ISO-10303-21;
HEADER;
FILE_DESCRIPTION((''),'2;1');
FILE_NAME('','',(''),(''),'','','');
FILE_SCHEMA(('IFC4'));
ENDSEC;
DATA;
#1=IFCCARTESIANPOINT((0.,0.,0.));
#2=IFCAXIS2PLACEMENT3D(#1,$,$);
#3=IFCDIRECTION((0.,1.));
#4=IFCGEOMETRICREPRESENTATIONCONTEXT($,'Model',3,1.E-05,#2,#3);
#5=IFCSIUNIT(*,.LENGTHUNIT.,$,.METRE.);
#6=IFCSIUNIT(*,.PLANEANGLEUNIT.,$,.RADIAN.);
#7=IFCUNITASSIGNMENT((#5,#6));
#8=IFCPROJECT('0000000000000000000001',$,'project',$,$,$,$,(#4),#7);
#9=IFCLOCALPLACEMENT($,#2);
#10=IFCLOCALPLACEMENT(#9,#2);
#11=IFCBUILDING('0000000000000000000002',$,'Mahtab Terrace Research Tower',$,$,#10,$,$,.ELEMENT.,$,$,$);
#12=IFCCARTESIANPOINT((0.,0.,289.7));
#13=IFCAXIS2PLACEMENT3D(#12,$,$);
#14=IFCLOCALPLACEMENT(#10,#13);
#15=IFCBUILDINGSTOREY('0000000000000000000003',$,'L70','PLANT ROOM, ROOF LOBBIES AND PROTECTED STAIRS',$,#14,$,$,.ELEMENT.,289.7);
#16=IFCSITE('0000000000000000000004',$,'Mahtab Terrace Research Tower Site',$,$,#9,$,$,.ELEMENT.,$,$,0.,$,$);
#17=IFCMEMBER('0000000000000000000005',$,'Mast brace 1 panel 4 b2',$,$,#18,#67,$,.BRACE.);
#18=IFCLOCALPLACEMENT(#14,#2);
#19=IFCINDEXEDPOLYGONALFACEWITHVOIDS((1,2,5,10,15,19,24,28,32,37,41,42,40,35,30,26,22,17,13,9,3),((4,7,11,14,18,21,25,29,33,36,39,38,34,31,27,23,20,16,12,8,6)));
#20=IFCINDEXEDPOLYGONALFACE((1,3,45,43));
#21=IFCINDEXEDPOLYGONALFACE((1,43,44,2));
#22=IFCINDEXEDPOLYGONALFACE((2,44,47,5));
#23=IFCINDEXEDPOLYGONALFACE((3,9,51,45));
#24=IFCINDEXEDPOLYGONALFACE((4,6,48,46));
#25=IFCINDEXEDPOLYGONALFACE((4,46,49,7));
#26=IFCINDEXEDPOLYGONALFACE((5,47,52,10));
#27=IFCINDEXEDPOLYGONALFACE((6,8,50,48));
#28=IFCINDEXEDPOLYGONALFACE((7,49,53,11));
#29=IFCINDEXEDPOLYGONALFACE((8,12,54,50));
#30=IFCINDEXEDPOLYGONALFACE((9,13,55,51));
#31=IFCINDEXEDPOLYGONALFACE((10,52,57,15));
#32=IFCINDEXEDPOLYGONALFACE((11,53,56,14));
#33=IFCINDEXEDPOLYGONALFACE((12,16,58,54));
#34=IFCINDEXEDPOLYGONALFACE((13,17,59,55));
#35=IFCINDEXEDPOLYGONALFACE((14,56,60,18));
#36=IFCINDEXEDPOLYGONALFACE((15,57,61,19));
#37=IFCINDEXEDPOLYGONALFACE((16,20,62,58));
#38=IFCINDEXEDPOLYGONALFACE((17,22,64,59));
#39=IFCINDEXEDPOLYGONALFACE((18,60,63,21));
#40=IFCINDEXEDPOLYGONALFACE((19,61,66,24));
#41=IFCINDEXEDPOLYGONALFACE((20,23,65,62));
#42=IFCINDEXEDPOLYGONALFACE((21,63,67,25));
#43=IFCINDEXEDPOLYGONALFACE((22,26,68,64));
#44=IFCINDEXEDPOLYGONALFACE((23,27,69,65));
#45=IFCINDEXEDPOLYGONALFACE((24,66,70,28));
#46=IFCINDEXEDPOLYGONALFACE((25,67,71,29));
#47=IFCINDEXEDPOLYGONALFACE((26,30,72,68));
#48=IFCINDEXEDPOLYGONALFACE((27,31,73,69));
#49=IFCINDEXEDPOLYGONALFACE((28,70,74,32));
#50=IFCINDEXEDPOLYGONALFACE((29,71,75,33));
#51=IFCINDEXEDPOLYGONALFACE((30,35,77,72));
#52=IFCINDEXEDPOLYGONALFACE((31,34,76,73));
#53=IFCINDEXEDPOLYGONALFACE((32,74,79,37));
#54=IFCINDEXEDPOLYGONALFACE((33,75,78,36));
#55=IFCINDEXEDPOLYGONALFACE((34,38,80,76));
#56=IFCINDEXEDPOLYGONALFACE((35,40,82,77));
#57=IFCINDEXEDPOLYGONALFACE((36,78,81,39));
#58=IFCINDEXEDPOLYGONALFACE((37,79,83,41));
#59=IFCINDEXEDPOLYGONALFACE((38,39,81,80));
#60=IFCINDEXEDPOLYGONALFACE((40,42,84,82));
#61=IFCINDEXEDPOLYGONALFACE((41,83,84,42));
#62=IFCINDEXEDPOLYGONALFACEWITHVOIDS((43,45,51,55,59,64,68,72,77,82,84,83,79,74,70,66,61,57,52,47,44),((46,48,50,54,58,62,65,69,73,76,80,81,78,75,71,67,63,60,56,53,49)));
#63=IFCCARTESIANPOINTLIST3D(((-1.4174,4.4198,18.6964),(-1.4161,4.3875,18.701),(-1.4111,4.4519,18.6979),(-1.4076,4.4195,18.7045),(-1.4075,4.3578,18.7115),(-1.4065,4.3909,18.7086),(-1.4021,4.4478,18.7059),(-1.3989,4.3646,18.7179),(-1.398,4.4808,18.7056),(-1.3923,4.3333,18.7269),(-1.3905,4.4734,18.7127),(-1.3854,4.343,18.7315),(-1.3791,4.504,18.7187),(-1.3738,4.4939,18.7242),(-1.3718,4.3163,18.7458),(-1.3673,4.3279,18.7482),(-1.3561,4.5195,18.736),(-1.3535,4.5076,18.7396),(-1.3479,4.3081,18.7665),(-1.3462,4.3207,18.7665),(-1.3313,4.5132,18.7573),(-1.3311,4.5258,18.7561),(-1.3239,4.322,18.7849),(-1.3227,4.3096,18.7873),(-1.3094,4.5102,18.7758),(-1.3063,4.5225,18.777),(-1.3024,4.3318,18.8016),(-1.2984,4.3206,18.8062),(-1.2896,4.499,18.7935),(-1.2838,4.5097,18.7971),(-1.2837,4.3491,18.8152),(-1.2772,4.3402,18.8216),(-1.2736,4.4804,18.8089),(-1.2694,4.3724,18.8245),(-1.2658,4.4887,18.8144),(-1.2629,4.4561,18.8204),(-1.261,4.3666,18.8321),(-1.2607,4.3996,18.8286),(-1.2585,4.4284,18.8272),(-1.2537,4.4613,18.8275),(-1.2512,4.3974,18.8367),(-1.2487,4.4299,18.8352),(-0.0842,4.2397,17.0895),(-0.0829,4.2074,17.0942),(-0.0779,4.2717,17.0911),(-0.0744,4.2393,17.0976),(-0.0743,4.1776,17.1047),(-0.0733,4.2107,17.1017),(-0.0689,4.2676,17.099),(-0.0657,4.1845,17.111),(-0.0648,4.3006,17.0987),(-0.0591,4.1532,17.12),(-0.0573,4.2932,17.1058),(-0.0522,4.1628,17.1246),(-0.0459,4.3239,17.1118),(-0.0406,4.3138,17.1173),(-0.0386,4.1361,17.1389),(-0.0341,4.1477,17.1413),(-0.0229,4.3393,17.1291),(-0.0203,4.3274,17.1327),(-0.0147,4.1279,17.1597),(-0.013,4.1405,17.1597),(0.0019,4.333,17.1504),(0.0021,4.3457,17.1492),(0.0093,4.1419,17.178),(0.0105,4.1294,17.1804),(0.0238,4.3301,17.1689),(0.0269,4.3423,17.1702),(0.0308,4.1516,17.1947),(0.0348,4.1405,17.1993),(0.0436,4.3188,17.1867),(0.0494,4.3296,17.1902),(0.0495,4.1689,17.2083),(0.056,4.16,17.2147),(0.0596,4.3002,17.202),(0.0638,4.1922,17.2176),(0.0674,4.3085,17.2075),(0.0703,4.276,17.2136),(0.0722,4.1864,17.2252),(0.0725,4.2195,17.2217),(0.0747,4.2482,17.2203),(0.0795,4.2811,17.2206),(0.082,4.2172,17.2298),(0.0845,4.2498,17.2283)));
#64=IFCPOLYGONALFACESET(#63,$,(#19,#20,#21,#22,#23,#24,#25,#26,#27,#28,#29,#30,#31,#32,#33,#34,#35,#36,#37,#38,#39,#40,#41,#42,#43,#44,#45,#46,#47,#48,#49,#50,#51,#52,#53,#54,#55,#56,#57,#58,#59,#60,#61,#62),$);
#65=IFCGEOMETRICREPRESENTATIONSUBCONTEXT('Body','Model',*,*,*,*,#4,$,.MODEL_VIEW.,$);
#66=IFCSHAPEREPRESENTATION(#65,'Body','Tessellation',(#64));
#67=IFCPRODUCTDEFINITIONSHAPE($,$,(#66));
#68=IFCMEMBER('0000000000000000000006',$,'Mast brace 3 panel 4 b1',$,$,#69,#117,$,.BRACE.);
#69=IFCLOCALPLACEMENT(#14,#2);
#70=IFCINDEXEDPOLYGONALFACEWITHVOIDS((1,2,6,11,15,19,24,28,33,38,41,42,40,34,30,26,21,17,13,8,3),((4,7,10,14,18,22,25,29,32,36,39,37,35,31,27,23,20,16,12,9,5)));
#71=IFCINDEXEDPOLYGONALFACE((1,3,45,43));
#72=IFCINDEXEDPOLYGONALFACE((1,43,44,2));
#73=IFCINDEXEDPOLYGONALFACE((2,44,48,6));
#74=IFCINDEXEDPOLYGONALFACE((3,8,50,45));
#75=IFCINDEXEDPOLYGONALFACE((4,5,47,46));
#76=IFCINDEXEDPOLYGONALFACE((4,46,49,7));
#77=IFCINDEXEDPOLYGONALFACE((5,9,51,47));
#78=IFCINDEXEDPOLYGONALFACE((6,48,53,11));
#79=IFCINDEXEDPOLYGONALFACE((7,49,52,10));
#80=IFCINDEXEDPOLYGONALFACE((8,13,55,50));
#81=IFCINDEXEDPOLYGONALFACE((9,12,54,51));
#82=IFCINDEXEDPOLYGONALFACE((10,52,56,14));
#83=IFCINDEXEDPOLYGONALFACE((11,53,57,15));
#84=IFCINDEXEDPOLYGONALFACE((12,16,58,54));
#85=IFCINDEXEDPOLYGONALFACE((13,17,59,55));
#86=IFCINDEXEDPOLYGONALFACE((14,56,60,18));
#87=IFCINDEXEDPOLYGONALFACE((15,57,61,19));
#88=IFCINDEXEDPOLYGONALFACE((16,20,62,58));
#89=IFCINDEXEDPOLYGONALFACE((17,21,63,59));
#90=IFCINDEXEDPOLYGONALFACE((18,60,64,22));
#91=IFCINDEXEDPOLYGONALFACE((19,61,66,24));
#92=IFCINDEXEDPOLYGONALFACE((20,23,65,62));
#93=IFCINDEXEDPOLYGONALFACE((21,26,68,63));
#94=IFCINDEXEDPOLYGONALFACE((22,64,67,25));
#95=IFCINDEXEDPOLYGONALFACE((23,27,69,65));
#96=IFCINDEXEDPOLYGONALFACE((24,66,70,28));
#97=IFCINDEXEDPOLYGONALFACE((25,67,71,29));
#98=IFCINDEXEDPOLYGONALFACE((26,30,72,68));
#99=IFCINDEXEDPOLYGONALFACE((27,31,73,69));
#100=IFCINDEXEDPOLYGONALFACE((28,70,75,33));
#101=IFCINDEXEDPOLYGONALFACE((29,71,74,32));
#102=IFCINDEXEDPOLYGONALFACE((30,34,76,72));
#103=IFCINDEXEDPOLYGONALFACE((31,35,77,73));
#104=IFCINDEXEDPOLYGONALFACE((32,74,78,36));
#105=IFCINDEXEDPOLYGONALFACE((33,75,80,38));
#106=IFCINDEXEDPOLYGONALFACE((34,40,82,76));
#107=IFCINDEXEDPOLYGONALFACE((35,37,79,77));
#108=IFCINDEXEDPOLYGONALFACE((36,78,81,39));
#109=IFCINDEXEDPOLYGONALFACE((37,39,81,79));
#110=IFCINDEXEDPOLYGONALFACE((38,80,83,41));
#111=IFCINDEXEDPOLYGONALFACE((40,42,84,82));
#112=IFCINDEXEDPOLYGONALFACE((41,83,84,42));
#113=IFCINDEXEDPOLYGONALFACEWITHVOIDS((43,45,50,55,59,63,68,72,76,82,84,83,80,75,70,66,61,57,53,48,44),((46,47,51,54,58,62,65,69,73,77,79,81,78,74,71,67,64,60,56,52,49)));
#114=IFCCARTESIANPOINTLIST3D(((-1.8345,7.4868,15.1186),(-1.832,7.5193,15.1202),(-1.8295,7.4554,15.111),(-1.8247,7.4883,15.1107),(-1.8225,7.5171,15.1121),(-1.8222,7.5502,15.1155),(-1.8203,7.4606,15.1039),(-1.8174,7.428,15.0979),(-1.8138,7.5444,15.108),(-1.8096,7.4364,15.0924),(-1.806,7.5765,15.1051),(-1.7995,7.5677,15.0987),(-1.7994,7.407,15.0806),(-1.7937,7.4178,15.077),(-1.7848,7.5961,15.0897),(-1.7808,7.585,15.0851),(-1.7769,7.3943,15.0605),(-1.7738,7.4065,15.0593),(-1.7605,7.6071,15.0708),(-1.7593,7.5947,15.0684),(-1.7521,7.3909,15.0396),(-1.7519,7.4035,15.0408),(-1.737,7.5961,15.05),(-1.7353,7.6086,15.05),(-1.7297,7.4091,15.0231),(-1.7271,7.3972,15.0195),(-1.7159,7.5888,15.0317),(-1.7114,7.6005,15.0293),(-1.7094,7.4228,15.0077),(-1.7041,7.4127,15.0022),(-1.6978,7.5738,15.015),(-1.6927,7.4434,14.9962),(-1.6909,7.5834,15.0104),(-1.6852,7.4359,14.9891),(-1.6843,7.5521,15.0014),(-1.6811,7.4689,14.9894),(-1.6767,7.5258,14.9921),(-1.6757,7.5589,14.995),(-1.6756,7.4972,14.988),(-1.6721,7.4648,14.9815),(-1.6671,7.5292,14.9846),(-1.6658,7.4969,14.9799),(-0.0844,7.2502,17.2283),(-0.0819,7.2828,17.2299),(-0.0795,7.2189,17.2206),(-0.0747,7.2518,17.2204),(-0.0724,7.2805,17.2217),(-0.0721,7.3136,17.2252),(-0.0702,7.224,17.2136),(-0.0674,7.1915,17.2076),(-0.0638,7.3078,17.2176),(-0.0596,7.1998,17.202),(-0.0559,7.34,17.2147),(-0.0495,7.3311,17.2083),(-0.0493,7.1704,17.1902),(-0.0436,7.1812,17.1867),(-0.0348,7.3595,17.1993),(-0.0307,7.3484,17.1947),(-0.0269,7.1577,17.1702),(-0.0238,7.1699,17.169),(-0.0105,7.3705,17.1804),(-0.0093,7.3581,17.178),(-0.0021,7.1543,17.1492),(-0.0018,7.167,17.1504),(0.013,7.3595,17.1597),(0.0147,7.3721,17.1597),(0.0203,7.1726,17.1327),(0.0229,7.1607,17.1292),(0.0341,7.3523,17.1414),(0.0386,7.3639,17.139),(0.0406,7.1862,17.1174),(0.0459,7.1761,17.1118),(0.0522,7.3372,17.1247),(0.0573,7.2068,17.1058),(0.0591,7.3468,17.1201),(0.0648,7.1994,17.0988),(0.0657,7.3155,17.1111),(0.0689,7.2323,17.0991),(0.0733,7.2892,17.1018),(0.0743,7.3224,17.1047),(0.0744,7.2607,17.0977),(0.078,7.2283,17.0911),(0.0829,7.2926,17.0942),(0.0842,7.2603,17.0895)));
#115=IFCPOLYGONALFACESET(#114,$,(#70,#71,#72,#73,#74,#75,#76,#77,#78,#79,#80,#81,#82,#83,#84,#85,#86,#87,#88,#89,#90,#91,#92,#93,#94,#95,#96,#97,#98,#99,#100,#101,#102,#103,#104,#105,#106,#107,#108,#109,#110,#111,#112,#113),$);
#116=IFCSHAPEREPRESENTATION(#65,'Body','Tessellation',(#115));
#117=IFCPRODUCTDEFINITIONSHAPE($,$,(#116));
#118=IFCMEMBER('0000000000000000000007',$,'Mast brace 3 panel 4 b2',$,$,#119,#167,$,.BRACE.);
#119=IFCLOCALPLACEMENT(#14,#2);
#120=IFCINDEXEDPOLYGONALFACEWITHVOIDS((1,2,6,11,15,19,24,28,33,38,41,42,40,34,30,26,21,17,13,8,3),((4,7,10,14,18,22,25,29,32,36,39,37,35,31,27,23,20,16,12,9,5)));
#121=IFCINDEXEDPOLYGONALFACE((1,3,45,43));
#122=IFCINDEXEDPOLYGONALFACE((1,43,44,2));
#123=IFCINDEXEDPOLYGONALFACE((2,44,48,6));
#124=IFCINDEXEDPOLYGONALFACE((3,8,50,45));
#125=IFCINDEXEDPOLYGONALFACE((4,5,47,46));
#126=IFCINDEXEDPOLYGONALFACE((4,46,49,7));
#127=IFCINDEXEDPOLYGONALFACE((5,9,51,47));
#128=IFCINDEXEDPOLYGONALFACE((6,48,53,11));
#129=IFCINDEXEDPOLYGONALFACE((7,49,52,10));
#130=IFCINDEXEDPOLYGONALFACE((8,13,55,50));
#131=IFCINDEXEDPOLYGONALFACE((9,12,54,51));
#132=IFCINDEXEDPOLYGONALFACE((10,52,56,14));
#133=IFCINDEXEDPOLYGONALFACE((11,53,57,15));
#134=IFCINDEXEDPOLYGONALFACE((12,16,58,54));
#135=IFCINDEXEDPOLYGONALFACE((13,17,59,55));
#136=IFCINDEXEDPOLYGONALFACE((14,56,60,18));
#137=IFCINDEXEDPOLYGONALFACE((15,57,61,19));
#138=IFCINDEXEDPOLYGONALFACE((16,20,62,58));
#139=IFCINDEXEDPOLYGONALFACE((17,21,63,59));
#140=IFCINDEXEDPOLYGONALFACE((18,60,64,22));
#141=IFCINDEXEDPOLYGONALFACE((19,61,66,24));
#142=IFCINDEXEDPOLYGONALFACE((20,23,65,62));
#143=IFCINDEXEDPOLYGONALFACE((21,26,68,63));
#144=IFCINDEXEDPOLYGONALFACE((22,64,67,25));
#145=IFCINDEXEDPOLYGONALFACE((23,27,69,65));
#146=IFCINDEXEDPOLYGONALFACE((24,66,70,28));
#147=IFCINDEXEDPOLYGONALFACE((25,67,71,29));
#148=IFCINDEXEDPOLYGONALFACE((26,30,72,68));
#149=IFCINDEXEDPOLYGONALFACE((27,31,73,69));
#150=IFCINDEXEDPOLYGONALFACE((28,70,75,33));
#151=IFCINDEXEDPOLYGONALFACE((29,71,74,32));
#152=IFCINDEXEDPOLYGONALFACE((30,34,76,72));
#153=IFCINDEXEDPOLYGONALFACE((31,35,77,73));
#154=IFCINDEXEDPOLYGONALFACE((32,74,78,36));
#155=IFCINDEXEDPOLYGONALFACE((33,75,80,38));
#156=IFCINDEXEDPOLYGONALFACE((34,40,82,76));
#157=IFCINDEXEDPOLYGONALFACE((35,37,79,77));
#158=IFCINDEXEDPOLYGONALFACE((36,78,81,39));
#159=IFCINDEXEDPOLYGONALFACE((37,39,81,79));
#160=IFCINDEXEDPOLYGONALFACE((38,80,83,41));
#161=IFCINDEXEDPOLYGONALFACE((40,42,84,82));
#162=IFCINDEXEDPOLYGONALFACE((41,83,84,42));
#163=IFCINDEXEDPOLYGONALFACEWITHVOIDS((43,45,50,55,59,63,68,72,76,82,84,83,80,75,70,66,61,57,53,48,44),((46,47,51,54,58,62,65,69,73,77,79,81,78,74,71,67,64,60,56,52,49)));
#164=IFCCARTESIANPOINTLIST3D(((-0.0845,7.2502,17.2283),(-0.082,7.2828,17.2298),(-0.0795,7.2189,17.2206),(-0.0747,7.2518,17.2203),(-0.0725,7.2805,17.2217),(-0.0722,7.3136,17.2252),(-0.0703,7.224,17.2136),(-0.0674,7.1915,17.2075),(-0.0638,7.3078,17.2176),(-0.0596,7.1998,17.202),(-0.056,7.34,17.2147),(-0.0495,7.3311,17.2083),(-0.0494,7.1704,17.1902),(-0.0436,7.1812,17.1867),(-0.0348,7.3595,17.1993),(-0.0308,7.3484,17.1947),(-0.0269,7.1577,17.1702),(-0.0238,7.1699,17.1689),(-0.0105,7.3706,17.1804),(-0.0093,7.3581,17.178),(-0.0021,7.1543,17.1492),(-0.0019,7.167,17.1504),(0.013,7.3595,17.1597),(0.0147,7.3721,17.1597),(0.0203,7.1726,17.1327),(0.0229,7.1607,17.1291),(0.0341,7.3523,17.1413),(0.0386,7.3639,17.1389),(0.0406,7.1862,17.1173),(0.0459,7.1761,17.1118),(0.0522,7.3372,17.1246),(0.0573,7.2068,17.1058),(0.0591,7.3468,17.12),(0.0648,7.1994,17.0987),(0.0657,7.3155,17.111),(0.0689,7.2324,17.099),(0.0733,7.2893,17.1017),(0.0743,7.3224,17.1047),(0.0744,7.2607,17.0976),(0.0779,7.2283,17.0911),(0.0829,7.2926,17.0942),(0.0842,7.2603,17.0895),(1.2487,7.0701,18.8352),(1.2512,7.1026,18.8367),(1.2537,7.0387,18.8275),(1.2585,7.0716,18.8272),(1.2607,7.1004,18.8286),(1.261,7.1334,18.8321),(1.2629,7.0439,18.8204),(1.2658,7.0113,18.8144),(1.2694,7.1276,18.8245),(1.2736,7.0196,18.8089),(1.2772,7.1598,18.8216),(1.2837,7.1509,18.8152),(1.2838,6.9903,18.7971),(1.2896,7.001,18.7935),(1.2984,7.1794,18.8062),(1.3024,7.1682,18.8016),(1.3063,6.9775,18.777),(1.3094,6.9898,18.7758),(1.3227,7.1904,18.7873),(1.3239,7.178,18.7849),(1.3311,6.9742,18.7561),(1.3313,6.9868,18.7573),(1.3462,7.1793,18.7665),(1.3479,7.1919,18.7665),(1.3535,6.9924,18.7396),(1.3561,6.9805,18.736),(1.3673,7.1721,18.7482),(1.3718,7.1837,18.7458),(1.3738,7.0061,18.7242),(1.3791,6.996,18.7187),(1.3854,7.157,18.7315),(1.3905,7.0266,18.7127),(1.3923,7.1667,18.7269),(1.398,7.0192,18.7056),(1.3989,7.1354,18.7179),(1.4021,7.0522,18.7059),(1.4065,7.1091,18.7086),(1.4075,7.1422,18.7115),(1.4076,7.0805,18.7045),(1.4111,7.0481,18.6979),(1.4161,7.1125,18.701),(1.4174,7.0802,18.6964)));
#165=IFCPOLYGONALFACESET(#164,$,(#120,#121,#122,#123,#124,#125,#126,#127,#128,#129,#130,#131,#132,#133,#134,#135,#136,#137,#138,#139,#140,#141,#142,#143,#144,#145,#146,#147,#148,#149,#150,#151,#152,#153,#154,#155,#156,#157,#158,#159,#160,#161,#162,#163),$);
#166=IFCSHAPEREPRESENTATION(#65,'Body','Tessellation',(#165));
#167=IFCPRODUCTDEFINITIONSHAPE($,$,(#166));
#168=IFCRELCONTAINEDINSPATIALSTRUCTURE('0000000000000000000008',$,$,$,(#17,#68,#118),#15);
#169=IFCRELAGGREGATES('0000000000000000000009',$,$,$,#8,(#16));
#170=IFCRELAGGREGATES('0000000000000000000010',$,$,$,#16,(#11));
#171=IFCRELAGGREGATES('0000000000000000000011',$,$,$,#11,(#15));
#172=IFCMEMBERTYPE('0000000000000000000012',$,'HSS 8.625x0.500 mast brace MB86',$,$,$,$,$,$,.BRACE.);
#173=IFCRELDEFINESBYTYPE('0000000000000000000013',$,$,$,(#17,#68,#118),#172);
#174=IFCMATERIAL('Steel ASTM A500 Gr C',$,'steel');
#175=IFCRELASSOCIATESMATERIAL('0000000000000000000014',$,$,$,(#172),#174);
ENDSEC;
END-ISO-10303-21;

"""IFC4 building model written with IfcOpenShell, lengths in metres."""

from ifc_helpers import new_model, si_unit, direction, frame, origin, origin_2d, place, context, subcontext, project, spatial, hollow_circle, extrude, material, material_profile, profile_set, type_object, element, save


model = new_model("IFC4")

# Units and contexts
model_context = context("Model", 3, precision=1e-05, world=origin(), true_north=direction((0.0, 1.0)))
body_context = subcontext(model_context, "Body", "Model", "MODEL_VIEW")
ifc_project = project(units=[si_unit("LENGTHUNIT", "METRE"), si_unit("PLANEANGLEUNIT", "RADIAN")], contexts=[model_context])

# Site, building, storey
site_placement = place(None, origin())
site = spatial("IfcSite", under=ifc_project, at=site_placement, Name="Mahtab Terrace Research Tower Site", CompositionType="ELEMENT", RefElevation=0.0)
building_placement = place(site_placement, origin())
building = spatial("IfcBuilding", under=site, at=building_placement, Name="Mahtab Terrace Research Tower", CompositionType="ELEMENT")
storey_placement = place(building_placement, frame((0.0, 0.0, 289.7)))
storey = spatial("IfcBuildingStorey", under=building, at=storey_placement, Name="L70", Description="PLANT ROOM, ROOF LOBBIES AND PROTECTED STAIRS", CompositionType="ELEMENT", Elevation=289.7)

# Members
ifc_material_1 = material(Name="Steel ASTM A500 Gr C", Category="steel")
ifc_material_profile_1 = material_profile(ifc_material_1, hollow_circle(Radius=0.1096, WallThickness=0.0127, at=origin_2d()), Name="HSS8.625X0.500")
ifc_profile_set_1 = profile_set([ifc_material_profile_1], Name="Steel ASTM A500 Gr C")
member_type_1 = type_object("IfcMemberType", Name="HSS 8.625x0.500 mast brace MB86", PredefinedType="BRACE", material=ifc_profile_set_1)
member_1_placement = place(storey_placement, frame((0.0, 4.2366, 17.1597), z_axis=(-0.636163, 0.085971, 0.76675), x_axis=(-0.133923, -0.990992, 0.0)))
element("IfcMember", 1, at=member_1_placement, inside=storey, type_object=member_type_1, Name="Mast brace 1 panel 4 b2", PredefinedType="BRACE", context=body_context, shape_type="SweptSolid", body=[
    extrude(hollow_circle(Radius=0.1096, WallThickness=0.0127, at=origin_2d()), origin(), (0.0, 0.0, 1.0), 2.0957),
])
member_2_placement = place(storey_placement, frame((-1.75, 7.5, 15.05), z_axis=(0.636092, -0.08599, 0.766807), x_axis=(0.133966, 0.990986, 0.0)))
element("IfcMember", 2, at=member_2_placement, inside=storey, type_object=member_type_1, Name="Mast brace 3 panel 4 b1", PredefinedType="BRACE", context=body_context, shape_type="SweptSolid", body=[
    extrude(hollow_circle(Radius=0.1096, WallThickness=0.0127, at=origin_2d()), origin(), (0.0, 0.0, 1.0), 2.7512),
])
member_3_placement = place(storey_placement, frame((0.0, 7.2634, 17.1597), z_axis=(0.636163, -0.085971, 0.76675), x_axis=(0.133923, 0.990992, 0.0)))
element("IfcMember", 3, at=member_3_placement, inside=storey, type_object=member_type_1, Name="Mast brace 3 panel 4 b2", PredefinedType="BRACE", context=body_context, shape_type="SweptSolid", body=[
    extrude(hollow_circle(Radius=0.1096, WallThickness=0.0127, at=origin_2d()), origin(), (0.0, 0.0, 1.0), 2.0957),
])

save(model, "model.ifc")
